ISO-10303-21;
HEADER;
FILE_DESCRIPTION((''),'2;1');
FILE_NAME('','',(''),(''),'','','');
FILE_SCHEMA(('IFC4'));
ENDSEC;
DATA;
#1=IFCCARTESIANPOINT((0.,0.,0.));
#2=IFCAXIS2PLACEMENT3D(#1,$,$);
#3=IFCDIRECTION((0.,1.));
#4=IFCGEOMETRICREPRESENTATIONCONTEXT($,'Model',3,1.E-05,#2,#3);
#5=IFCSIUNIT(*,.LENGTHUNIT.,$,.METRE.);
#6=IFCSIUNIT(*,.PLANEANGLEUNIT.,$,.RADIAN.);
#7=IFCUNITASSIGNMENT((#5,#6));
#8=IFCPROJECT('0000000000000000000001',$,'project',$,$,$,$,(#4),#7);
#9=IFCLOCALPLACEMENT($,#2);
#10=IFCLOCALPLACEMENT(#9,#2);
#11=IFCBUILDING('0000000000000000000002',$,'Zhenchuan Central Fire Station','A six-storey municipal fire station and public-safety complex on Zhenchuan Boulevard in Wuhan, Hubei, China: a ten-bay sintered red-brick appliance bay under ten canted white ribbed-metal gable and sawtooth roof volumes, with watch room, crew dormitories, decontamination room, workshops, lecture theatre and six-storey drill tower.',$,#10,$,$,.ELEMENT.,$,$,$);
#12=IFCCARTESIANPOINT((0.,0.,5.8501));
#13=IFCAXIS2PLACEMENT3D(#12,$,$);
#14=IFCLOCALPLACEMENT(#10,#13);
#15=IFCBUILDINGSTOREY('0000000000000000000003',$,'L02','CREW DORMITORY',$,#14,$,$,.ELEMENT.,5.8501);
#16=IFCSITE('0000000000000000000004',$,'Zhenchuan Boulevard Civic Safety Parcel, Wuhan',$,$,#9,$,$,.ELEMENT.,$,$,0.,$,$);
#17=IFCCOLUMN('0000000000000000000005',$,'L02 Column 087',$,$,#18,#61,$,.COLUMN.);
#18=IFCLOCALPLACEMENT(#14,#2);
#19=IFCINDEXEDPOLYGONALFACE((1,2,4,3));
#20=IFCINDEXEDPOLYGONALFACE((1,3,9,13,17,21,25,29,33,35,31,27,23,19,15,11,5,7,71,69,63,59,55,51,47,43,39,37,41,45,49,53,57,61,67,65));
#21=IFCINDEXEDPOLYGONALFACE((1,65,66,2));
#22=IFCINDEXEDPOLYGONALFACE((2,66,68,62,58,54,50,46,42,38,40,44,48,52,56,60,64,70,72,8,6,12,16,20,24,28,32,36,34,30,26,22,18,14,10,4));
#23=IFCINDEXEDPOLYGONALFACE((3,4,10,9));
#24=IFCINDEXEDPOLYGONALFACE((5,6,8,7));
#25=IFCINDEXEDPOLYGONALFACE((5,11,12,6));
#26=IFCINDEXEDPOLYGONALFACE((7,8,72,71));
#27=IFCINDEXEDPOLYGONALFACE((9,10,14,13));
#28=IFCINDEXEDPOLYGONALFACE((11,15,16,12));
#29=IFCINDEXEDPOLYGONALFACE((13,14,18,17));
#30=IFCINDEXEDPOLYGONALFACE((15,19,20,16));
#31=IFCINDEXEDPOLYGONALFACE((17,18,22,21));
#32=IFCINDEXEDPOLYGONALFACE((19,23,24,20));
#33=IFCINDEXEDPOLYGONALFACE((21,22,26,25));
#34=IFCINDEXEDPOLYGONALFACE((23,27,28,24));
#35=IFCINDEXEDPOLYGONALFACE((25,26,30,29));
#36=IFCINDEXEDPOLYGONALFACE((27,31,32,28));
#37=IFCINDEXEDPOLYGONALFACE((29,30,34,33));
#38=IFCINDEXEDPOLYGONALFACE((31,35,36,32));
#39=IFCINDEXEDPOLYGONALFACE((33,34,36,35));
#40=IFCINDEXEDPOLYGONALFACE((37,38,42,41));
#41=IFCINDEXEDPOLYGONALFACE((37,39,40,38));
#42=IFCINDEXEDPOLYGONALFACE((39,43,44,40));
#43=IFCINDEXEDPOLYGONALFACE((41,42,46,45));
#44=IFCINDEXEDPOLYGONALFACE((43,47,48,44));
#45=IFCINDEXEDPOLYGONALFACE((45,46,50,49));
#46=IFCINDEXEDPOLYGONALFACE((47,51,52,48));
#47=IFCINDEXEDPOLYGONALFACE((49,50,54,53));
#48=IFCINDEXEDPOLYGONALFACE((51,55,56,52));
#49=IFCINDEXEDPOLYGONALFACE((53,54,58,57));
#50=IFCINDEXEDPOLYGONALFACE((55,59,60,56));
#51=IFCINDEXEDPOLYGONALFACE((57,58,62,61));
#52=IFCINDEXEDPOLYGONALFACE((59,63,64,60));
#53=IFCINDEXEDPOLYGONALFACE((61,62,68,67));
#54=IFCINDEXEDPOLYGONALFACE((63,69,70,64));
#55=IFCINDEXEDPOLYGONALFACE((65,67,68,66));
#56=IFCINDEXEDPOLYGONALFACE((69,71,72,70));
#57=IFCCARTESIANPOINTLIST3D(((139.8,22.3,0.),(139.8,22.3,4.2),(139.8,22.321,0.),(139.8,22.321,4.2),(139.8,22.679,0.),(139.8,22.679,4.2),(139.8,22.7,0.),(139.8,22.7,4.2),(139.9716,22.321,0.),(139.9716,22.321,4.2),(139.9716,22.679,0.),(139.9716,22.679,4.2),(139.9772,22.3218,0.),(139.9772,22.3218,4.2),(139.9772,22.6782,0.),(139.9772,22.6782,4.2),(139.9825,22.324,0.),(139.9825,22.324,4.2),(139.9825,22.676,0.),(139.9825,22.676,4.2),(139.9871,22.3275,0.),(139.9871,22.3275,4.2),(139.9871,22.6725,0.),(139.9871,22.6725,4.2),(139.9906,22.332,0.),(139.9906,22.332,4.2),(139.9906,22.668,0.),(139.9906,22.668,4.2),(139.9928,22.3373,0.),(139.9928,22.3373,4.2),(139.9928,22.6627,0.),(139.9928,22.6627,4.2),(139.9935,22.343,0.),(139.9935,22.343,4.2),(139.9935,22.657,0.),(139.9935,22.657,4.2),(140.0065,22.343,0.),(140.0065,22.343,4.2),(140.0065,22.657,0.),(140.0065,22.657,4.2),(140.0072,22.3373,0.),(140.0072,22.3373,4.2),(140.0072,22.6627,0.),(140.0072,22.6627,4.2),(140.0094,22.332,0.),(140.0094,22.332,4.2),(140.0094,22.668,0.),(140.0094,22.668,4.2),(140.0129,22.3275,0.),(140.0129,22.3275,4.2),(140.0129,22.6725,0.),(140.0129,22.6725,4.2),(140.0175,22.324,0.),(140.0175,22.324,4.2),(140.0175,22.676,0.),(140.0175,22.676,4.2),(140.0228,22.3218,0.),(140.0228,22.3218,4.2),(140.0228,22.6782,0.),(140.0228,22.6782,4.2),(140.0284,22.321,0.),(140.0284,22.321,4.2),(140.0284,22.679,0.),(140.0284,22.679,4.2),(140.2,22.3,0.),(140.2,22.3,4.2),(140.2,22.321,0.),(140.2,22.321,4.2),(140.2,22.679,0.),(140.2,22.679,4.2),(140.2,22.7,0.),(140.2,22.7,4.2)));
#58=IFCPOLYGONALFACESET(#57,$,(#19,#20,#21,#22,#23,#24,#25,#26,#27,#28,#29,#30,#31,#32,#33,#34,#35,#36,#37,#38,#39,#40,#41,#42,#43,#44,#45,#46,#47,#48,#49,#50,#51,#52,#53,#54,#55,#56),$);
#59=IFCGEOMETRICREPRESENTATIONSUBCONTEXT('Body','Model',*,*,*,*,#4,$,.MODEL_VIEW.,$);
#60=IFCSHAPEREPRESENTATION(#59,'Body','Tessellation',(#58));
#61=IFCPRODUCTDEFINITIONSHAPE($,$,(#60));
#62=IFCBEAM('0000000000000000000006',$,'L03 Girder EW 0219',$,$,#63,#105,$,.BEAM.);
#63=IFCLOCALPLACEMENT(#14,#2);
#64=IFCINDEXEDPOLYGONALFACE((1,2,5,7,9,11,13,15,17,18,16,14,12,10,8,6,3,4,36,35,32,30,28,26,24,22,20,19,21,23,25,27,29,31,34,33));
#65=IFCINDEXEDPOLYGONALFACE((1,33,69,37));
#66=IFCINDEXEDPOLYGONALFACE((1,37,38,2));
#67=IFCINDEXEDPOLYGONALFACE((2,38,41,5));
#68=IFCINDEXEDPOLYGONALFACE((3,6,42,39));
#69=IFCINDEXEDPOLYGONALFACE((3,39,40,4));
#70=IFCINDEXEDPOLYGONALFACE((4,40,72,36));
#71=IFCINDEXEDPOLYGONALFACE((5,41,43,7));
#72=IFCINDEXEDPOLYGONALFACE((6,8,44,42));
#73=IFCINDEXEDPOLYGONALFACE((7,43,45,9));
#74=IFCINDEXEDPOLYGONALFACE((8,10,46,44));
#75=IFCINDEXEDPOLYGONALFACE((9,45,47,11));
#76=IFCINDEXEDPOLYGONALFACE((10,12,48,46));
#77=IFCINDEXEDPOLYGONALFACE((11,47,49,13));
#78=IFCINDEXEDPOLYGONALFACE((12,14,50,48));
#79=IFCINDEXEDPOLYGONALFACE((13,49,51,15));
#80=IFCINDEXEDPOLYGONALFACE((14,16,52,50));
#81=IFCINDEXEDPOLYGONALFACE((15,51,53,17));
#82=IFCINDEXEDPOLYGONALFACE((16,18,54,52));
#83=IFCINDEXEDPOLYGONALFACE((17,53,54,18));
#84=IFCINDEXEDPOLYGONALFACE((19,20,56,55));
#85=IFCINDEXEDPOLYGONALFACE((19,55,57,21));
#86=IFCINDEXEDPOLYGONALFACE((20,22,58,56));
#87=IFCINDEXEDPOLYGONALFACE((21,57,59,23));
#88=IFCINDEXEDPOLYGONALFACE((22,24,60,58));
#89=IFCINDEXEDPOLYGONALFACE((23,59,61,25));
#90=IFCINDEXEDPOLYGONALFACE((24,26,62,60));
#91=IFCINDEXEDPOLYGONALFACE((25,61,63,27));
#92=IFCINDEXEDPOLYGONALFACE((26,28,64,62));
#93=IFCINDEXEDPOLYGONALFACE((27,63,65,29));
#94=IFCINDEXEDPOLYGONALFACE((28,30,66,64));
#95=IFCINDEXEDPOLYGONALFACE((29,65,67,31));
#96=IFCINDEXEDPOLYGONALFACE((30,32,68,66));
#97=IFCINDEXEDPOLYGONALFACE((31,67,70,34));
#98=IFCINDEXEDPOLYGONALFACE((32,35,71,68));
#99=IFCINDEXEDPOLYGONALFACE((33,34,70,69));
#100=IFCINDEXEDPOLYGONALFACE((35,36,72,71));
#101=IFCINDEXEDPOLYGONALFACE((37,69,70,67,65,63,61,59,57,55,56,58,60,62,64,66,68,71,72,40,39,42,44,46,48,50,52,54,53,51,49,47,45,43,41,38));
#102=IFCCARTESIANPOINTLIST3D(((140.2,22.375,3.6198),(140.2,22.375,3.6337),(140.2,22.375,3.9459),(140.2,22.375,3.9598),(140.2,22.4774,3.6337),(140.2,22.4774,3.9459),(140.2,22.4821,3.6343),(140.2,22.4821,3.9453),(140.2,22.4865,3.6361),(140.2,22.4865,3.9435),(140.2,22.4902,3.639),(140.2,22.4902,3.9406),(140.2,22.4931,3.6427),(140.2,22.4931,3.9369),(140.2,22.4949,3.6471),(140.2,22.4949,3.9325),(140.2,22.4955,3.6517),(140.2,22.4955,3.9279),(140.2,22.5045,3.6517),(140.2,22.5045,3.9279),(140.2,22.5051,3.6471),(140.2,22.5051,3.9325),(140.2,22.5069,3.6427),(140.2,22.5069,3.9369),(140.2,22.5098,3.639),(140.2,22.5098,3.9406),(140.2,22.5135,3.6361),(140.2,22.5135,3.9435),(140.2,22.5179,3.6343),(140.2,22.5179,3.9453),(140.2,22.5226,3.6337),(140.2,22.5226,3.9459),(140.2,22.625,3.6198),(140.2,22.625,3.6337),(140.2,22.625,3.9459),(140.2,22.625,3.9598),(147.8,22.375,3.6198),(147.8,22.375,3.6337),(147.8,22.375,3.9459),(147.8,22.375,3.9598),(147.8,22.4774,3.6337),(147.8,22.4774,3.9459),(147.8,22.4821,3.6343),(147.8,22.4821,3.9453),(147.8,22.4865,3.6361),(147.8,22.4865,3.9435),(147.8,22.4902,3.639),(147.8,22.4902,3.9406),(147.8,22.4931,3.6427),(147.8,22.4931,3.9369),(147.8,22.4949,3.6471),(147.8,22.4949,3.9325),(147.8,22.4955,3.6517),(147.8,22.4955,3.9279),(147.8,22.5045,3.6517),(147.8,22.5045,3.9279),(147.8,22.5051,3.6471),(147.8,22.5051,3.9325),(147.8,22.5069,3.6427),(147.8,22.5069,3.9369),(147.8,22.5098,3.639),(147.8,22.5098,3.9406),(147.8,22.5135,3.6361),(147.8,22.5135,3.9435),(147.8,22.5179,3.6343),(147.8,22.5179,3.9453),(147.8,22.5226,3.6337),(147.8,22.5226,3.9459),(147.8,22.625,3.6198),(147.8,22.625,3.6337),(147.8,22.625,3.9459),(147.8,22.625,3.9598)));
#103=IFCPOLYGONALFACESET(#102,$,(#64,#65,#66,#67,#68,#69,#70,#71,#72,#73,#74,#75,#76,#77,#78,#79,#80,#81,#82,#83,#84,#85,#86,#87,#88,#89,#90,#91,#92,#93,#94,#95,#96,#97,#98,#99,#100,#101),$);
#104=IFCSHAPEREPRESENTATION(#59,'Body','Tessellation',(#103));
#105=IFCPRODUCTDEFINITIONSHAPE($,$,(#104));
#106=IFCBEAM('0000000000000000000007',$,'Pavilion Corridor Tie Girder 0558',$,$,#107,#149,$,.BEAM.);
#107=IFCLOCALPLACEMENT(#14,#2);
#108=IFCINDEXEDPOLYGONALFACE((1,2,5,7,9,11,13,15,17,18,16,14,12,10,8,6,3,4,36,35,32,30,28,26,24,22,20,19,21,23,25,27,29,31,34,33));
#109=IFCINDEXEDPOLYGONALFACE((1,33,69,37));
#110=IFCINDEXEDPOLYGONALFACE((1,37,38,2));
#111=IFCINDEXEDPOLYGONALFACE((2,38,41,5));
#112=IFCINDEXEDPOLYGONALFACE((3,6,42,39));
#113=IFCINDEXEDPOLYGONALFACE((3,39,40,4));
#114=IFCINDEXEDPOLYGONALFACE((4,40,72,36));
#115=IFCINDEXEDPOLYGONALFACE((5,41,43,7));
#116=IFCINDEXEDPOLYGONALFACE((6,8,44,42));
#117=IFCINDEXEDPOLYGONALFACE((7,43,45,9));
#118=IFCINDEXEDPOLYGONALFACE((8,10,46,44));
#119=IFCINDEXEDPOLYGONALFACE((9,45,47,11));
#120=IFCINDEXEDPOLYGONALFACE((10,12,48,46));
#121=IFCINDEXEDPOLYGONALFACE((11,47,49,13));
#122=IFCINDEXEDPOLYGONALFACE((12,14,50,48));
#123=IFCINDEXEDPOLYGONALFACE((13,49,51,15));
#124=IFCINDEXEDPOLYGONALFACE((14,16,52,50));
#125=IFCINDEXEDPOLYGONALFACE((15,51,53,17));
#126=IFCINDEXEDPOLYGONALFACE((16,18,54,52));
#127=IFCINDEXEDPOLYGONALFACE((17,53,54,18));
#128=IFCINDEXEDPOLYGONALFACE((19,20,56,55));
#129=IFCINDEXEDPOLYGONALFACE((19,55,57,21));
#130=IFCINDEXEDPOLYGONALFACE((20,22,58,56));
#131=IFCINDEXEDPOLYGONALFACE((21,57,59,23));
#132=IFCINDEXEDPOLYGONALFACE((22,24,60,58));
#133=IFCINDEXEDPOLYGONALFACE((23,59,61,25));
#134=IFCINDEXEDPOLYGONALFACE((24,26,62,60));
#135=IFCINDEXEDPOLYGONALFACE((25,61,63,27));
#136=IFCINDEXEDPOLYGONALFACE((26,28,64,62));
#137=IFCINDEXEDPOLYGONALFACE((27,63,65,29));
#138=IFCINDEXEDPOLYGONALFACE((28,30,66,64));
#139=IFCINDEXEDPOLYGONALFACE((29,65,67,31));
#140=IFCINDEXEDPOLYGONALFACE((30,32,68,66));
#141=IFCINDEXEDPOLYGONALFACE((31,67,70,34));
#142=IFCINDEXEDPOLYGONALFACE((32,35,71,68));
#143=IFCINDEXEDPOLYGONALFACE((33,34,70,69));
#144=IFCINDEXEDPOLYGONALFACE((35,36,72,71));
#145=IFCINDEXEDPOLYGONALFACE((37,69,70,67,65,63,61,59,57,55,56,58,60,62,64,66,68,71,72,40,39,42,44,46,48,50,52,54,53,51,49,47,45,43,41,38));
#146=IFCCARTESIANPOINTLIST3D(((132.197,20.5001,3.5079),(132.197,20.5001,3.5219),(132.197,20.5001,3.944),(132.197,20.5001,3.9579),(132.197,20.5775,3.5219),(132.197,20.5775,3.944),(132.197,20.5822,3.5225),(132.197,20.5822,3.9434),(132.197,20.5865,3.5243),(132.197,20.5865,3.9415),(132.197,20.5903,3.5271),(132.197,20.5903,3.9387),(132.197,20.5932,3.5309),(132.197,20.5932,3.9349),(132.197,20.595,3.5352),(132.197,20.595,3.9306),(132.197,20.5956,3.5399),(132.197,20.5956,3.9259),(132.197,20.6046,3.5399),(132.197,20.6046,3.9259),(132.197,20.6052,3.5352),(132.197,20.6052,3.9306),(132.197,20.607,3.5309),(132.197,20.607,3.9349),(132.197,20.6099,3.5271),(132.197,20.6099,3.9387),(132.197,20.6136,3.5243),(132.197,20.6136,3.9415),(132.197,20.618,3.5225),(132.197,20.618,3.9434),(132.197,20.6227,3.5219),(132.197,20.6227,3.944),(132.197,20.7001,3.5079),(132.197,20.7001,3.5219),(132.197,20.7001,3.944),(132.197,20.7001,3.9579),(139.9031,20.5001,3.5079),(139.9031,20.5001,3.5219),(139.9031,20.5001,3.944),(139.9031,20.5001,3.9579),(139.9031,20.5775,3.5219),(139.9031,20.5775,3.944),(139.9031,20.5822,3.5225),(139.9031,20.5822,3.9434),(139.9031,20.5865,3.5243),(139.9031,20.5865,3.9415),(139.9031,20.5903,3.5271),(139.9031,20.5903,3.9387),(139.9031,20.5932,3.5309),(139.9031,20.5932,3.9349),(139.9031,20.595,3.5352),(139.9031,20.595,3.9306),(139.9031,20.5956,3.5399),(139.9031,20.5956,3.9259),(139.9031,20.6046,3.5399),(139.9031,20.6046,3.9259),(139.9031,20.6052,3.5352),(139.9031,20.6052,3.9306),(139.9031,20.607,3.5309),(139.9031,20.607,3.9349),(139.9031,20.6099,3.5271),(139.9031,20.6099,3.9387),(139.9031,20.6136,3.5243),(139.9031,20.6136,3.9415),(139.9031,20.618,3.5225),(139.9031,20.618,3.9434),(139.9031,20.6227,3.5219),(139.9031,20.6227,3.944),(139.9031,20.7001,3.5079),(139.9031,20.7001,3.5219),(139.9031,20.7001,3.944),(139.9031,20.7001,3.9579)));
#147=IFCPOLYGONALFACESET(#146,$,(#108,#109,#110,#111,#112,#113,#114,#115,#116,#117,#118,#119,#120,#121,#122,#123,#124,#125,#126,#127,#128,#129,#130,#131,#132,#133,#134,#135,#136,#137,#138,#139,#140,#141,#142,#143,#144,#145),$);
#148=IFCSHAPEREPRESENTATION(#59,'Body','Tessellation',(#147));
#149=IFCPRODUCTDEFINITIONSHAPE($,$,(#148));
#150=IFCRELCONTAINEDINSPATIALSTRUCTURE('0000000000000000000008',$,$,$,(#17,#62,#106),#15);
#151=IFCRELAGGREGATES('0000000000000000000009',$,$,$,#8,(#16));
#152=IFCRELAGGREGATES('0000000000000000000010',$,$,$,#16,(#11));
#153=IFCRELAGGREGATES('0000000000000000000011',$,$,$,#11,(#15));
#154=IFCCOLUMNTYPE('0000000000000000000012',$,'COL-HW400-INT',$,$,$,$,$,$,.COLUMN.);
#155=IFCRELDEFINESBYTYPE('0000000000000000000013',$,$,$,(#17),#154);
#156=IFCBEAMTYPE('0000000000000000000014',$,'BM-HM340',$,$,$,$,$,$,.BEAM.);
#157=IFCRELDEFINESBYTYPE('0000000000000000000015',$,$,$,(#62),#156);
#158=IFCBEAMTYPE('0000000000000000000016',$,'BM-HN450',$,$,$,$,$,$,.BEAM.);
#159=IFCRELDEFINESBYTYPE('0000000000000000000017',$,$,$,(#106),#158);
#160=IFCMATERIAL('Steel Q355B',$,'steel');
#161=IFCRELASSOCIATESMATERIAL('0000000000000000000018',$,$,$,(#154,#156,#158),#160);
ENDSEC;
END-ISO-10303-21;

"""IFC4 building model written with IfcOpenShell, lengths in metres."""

from ifc_helpers import new_model, si_unit, direction, frame, origin, origin_2d, place, context, subcontext, project, spatial, i_section, extrude, material, material_profile, profile_set, type_object, element, save


model = new_model("IFC4")

# Units and contexts
model_context = context("Model", 3, precision=1e-05, world=origin(), true_north=direction((0.0, 1.0)))
body_context = subcontext(model_context, "Body", "Model", "MODEL_VIEW")
ifc_project = project(units=[si_unit("LENGTHUNIT", "METRE"), si_unit("PLANEANGLEUNIT", "RADIAN")], contexts=[model_context])

# Site, building, storey
site_placement = place(None, origin())
site = spatial("IfcSite", under=ifc_project, at=site_placement, Name="Zhenchuan Boulevard Civic Safety Parcel, Wuhan", CompositionType="ELEMENT", RefElevation=0.0)
building_placement = place(site_placement, origin())
building = spatial("IfcBuilding", under=site, at=building_placement, Name="Zhenchuan Central Fire Station", Description="A six-storey municipal fire station and public-safety complex on Zhenchuan Boulevard in Wuhan, Hubei, China: a ten-bay sintered red-brick appliance bay under ten canted white ribbed-metal gable and sawtooth roof volumes, with watch room, crew dormitories, decontamination room, workshops, lecture theatre and six-storey drill tower.", CompositionType="ELEMENT")
storey_placement = place(building_placement, frame((0.0, 0.0, 5.8501)))
storey = spatial("IfcBuildingStorey", under=building, at=storey_placement, Name="L02", Description="CREW DORMITORY", CompositionType="ELEMENT", Elevation=5.8501)

# Column
ifc_material_1 = material(Name="Steel Q355B", Category="steel")
ifc_material_profile_1 = material_profile(ifc_material_1, i_section(OverallWidth=0.3999, OverallDepth=0.3999, WebThickness=0.0129, FlangeThickness=0.021, FilletRadius=0.022, at=origin_2d()), Name="HW 400x400")
ifc_profile_set_1 = profile_set([ifc_material_profile_1], Name="Steel Q355B")
column_type = type_object("IfcColumnType", Name="COL-HW400-INT", PredefinedType="COLUMN", material=ifc_profile_set_1)
column_placement = place(storey_placement, frame((140.0, 22.5, 0.0), z_axis=(0.0, 0.0, 1.0), x_axis=(1.0, 0.0, 0.0)))
element("IfcColumn", 1, at=column_placement, inside=storey, type_object=column_type, Name="L02 Column 087", PredefinedType="COLUMN", context=body_context, shape_type="SweptSolid", body=[
    extrude(i_section(OverallWidth=0.3999, OverallDepth=0.3999, WebThickness=0.0129, FlangeThickness=0.021, FilletRadius=0.022, at=origin_2d()), origin(), (0.0, 0.0, 1.0), 4.2),
])

# Beams
ifc_material_profile_2 = material_profile(ifc_material_1, i_section(OverallWidth=0.25, OverallDepth=0.3401, WebThickness=0.009, FlangeThickness=0.0139, FilletRadius=0.0181, at=origin_2d()), Name="HM 340x250")
ifc_profile_set_2 = profile_set([ifc_material_profile_2], Name="Steel Q355B")
beam_type_1 = type_object("IfcBeamType", Name="BM-HM340", PredefinedType="BEAM", material=ifc_profile_set_2)
beam_1_placement = place(storey_placement, frame((140.2, 22.5, 3.7898), z_axis=(1.0, 0.0, 0.0), x_axis=(0.0, 1.0, 0.0)))
element("IfcBeam", 2, at=beam_1_placement, inside=storey, type_object=beam_type_1, Name="L03 Girder EW 0219", PredefinedType="BEAM", context=body_context, shape_type="SweptSolid", body=[
    extrude(i_section(OverallWidth=0.25, OverallDepth=0.3401, WebThickness=0.009, FlangeThickness=0.0139, FilletRadius=0.0181, at=origin_2d()), origin(), (0.0, 0.0, 1.0), 7.6001),
])
ifc_material_profile_3 = material_profile(ifc_material_1, i_section(OverallWidth=0.2, OverallDepth=0.45, WebThickness=0.009, FlangeThickness=0.0139, FilletRadius=0.0181, at=origin_2d()), Name="HN 450x200")
ifc_profile_set_3 = profile_set([ifc_material_profile_3], Name="Steel Q355B")
beam_type_2 = type_object("IfcBeamType", Name="BM-HN450", PredefinedType="BEAM", material=ifc_profile_set_3)
beam_2_placement = place(storey_placement, frame((132.197, 20.6001, 3.7329), z_axis=(1.0, 0.0, 0.0), x_axis=(0.0, 1.0, 0.0)))
element("IfcBeam", 3, at=beam_2_placement, inside=storey, type_object=beam_type_2, Name="Pavilion Corridor Tie Girder 0558", PredefinedType="BEAM", context=body_context, shape_type="SweptSolid", body=[
    extrude(i_section(OverallWidth=0.2, OverallDepth=0.45, WebThickness=0.009, FlangeThickness=0.0139, FilletRadius=0.0181, at=origin_2d()), origin(), (0.0, 0.0, 1.0), 7.7061),
])

save(model, "model.ifc")
